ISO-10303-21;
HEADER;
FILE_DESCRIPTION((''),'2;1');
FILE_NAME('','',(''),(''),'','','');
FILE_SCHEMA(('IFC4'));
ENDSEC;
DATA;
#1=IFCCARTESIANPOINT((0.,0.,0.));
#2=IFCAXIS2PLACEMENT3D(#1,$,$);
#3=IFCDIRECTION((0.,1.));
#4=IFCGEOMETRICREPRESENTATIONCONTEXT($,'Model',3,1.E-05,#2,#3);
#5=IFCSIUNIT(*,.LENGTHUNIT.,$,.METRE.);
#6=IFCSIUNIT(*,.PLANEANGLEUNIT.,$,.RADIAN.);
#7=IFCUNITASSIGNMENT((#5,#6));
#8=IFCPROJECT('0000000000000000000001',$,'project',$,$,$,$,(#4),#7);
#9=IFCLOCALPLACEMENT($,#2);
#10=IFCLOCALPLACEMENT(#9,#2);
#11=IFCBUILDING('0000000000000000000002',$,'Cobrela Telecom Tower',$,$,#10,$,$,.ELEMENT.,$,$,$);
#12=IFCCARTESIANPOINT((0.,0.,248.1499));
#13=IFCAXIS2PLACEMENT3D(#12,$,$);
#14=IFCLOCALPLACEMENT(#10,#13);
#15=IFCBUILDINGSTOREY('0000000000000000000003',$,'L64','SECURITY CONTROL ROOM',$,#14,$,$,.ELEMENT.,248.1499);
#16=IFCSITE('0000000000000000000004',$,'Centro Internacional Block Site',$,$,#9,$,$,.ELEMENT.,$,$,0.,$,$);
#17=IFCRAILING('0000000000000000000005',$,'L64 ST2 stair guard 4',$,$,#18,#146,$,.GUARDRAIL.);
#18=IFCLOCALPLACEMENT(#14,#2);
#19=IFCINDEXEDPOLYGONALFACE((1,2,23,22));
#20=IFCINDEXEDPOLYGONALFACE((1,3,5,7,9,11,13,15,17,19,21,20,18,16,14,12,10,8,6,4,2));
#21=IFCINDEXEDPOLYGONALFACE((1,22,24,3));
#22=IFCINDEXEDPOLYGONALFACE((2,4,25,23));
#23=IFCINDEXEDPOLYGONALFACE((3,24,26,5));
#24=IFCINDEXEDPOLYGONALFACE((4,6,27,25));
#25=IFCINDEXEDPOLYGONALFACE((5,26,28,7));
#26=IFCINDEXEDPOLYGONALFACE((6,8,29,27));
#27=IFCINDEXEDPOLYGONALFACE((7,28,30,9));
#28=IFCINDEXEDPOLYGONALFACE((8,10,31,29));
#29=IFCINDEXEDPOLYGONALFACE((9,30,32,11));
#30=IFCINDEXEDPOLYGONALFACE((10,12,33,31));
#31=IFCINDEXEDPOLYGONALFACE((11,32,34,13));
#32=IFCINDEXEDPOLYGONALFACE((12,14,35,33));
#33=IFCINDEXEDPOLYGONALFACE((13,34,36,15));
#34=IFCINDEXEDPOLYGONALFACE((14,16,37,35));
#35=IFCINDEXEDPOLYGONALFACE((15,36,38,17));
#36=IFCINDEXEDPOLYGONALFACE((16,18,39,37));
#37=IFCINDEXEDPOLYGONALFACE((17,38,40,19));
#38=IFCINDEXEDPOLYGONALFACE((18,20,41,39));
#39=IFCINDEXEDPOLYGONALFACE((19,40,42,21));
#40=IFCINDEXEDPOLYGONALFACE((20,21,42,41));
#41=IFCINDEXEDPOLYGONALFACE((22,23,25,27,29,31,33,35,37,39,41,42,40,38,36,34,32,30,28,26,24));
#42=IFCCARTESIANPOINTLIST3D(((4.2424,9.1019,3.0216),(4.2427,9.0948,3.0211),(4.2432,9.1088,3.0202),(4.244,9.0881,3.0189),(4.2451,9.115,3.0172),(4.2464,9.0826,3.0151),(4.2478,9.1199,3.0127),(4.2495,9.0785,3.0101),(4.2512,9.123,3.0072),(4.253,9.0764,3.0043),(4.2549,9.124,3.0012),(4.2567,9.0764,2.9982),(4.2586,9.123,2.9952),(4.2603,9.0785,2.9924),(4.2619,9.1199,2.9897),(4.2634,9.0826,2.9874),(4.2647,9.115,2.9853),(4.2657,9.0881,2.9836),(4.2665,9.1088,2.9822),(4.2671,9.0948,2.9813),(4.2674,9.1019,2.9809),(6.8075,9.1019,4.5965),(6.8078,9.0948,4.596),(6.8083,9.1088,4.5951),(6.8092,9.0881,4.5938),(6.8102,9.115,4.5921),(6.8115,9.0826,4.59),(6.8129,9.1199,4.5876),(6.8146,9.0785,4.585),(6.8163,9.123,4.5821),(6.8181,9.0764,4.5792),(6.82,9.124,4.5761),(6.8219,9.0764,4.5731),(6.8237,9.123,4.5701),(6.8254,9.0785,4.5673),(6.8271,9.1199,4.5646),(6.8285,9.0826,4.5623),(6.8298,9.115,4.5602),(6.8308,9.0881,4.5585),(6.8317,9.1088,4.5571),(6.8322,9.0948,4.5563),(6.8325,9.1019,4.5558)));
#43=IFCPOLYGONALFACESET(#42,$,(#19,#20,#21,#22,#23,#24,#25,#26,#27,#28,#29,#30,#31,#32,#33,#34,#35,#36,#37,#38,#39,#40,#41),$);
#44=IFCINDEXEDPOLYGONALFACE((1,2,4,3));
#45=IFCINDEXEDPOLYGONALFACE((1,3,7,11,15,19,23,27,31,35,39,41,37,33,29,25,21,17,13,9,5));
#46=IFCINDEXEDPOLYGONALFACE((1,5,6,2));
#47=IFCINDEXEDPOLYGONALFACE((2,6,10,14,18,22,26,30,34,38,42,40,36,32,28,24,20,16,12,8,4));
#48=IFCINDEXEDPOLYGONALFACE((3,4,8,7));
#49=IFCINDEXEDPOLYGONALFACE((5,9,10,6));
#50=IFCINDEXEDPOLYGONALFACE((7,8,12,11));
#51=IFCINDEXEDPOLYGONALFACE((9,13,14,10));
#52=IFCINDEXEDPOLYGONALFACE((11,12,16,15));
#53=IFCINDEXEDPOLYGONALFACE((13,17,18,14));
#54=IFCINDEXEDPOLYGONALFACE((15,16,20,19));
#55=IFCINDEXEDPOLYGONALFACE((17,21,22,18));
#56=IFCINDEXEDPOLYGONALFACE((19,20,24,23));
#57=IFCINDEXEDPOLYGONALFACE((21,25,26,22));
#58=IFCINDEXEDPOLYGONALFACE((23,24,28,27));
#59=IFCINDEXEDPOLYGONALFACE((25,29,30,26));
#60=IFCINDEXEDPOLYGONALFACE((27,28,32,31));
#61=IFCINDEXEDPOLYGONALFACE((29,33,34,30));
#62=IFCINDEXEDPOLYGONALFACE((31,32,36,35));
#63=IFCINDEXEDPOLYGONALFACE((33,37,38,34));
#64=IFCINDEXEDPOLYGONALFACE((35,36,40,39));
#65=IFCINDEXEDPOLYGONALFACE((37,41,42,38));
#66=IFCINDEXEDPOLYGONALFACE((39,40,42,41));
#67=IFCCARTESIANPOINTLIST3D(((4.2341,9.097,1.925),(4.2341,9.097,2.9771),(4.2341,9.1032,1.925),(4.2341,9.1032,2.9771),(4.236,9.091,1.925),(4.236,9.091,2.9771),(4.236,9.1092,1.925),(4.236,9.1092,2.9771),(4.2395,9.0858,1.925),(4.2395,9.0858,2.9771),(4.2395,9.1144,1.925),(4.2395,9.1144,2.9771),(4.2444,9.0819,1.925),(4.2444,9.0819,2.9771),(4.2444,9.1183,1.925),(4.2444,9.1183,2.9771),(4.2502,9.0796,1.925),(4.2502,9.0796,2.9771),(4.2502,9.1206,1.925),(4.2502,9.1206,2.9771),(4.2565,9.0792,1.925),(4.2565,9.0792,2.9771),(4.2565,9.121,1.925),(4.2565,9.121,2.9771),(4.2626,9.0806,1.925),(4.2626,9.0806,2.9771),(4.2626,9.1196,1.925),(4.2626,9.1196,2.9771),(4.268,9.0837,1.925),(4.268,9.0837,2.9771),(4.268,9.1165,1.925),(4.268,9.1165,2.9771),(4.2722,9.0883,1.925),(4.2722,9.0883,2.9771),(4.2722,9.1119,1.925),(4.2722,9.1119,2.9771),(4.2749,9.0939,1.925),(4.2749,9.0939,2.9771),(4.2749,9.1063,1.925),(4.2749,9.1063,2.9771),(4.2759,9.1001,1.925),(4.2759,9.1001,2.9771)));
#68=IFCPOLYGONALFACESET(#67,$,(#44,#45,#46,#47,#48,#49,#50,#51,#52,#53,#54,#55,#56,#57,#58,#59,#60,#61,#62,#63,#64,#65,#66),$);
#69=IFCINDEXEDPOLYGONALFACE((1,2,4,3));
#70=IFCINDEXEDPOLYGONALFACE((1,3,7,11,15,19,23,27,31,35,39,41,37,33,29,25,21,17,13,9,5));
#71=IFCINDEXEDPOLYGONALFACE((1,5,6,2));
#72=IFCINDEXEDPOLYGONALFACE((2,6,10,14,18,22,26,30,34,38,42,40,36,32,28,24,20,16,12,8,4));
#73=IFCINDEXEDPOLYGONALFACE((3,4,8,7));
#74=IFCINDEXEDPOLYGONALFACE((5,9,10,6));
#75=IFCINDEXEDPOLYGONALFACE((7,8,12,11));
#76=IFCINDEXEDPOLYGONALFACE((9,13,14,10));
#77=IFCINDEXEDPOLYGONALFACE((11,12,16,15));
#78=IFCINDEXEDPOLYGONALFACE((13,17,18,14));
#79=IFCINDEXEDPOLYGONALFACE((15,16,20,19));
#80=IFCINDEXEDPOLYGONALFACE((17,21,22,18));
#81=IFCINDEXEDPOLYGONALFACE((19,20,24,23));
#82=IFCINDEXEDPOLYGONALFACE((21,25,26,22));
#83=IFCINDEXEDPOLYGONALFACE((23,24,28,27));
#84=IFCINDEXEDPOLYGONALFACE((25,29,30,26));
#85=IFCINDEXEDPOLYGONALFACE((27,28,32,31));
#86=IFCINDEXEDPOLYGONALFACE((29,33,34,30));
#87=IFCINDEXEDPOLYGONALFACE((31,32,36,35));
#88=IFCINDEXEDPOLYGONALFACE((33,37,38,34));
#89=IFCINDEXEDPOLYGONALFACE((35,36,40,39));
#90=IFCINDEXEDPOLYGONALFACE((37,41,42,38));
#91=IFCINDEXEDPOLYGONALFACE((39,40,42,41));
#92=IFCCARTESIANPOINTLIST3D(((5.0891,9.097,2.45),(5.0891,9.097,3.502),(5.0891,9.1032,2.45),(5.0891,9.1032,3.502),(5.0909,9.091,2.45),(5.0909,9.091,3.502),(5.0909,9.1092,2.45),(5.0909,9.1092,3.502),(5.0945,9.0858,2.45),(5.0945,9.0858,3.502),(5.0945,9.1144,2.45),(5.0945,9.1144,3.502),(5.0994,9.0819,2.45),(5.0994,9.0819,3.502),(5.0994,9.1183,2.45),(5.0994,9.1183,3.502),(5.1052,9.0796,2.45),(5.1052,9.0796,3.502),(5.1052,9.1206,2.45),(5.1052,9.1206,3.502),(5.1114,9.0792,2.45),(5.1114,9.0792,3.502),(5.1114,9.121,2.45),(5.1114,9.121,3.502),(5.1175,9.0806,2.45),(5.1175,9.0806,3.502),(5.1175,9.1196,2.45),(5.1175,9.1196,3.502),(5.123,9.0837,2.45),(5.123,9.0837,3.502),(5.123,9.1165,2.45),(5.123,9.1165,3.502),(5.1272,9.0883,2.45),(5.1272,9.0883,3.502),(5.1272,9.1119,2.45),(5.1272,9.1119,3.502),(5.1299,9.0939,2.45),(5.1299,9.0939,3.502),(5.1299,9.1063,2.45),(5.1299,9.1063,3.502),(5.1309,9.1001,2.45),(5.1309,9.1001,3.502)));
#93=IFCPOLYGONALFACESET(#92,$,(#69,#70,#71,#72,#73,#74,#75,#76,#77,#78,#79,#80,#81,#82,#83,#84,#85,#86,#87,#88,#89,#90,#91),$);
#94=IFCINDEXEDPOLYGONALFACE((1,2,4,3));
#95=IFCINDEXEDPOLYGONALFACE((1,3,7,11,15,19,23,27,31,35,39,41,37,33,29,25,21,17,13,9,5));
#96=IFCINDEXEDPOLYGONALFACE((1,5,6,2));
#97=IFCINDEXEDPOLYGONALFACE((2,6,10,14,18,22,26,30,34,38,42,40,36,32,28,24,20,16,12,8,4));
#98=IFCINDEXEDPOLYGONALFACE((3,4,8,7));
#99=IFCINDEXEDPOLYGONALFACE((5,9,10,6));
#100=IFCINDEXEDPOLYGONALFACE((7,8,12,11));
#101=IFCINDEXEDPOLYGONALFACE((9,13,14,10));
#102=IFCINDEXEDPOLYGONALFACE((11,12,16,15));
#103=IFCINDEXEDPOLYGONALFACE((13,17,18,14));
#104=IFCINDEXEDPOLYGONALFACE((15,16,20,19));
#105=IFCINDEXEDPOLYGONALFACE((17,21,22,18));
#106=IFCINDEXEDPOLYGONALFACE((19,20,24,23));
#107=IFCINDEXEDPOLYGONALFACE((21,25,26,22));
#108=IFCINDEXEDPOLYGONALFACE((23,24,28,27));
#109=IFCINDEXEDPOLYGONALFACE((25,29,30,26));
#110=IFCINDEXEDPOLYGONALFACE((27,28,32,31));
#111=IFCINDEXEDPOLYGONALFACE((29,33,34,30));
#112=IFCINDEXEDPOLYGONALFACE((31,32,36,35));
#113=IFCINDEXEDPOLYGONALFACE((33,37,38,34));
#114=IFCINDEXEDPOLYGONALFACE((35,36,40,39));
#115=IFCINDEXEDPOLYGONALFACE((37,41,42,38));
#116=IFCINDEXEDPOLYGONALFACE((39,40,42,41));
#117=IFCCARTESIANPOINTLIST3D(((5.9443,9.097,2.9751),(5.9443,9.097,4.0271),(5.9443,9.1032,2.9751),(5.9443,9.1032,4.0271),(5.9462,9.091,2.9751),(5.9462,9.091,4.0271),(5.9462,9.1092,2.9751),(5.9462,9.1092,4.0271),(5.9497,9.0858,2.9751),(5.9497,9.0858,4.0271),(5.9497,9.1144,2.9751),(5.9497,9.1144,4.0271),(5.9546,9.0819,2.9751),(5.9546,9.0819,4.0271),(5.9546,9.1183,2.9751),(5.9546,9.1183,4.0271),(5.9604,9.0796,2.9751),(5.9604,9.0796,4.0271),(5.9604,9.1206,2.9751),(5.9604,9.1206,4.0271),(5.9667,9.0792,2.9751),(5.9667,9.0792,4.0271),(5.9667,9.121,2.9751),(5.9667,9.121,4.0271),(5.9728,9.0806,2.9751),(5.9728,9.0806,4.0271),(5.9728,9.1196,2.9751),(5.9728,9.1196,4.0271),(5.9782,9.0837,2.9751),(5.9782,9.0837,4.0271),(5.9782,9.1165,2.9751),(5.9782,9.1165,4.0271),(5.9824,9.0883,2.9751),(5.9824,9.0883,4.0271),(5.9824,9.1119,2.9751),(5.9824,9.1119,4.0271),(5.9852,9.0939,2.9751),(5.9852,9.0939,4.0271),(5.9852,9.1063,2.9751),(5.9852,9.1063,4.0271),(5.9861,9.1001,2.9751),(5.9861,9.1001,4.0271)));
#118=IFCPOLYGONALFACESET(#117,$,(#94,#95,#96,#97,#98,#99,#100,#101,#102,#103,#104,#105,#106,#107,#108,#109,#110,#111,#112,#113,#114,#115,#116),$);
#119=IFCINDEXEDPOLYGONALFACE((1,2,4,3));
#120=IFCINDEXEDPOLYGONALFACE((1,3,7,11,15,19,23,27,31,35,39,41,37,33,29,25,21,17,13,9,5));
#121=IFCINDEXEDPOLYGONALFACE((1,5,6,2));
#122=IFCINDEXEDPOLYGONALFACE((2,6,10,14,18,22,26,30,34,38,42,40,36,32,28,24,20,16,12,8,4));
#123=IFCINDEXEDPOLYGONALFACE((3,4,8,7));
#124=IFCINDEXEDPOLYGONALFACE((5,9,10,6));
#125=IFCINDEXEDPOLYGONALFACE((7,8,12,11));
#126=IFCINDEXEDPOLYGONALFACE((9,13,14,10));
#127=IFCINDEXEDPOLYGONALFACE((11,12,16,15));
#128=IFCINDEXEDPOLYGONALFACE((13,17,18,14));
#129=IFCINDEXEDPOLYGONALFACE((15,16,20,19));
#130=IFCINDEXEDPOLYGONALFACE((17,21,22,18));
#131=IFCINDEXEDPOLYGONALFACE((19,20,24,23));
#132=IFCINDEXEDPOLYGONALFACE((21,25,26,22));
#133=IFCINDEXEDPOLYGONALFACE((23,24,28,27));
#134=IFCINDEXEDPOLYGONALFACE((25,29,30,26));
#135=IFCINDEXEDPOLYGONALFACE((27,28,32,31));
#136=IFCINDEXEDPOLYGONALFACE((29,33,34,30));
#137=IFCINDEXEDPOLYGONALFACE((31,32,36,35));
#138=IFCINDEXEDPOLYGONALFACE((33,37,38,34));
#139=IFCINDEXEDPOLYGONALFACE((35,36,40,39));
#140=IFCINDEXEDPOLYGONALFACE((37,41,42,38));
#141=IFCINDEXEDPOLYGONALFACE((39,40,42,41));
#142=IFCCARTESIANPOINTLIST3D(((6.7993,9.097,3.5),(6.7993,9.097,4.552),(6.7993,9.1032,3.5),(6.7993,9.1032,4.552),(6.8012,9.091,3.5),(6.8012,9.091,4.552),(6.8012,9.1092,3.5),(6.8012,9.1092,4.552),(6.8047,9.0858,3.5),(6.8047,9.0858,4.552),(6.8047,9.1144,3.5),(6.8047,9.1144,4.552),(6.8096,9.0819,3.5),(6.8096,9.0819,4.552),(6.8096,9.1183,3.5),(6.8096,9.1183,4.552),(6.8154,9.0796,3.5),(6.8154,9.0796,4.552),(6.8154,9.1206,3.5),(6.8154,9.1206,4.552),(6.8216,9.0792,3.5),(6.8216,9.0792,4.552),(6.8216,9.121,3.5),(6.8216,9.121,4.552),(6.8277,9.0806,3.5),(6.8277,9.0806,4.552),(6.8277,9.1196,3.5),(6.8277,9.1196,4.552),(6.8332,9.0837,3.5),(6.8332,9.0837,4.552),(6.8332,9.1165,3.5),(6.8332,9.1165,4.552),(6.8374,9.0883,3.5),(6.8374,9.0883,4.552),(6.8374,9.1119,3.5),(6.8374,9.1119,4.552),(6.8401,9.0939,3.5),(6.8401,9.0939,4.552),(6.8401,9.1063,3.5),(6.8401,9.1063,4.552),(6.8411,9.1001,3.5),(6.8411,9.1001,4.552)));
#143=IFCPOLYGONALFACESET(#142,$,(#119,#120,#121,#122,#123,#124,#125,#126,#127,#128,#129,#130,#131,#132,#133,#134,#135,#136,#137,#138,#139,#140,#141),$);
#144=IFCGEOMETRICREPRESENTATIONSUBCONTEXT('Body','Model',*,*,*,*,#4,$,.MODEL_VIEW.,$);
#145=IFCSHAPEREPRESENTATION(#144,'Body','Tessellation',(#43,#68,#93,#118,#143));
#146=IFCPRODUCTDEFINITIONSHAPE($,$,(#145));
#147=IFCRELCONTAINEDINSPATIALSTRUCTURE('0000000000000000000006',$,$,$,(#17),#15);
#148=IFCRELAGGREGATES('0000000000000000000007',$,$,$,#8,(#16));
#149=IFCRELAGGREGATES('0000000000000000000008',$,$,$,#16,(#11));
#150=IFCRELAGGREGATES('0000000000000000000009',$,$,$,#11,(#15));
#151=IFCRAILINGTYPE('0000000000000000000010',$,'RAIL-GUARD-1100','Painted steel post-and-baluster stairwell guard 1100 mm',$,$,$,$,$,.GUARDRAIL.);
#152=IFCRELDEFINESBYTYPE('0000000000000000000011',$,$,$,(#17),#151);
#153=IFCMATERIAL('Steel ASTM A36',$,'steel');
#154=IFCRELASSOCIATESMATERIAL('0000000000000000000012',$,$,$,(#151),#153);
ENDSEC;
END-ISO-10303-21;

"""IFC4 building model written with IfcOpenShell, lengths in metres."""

from ifc_helpers import new_model, si_unit, direction, frame, origin, origin_2d, place, context, subcontext, project, spatial, circle, extrude, material, type_object, element, save


model = new_model("IFC4")

# Units and contexts
model_context = context("Model", 3, precision=1e-05, world=origin(), true_north=direction((0.0, 1.0)))
body_context = subcontext(model_context, "Body", "Model", "MODEL_VIEW")
ifc_project = project(units=[si_unit("LENGTHUNIT", "METRE"), si_unit("PLANEANGLEUNIT", "RADIAN")], contexts=[model_context])

# Site, building, storey
site_placement = place(None, origin())
site = spatial("IfcSite", under=ifc_project, at=site_placement, Name="Centro Internacional Block Site", CompositionType="ELEMENT", RefElevation=0.0)
building_placement = place(site_placement, origin())
building = spatial("IfcBuilding", under=site, at=building_placement, Name="Cobrela Telecom Tower", CompositionType="ELEMENT")
storey_placement = place(building_placement, frame((0.0, 0.0, 248.1499)))
storey = spatial("IfcBuildingStorey", under=building, at=storey_placement, Name="L64", Description="SECURITY CONTROL ROOM", CompositionType="ELEMENT", Elevation=248.1499)

# Railing
ifc_material_1 = material(Name="Steel ASTM A36", Category="steel")
railing_type_1 = type_object("IfcRailingType", Name="RAIL-GUARD-1100", Description="Painted steel post-and-baluster stairwell guard 1100 mm", PredefinedType="GUARDRAIL", material=ifc_material_1)
railing_1_placement = place(storey_placement, frame((4.2549, 9.1001, 1.925)))
element("IfcRailing", 1, at=railing_1_placement, inside=storey, type_object=railing_type_1, Name="L64 ST2 stair guard 4", PredefinedType="GUARDRAIL", context=body_context, shape_type="SweptSolid", body=[
    extrude(circle(Radius=0.0239, at=origin_2d()), frame((0.0, 0.0, 1.0762), z_axis=(0.852195, 0.0, 0.523224), x_axis=(0.0, 1.0, 0.0)), (0.0, 0.0, 1.0), 3.01),
    extrude(circle(Radius=0.021, at=origin_2d()), origin(), (0.0, 0.0, 1.0), 1.052),
    extrude(circle(Radius=0.021, at=origin_2d()), frame((0.855, 0.0, 0.5249)), (0.0, 0.0, 1.0), 1.052),
    extrude(circle(Radius=0.021, at=origin_2d()), frame((1.7102, 0.0, 1.05)), (0.0, 0.0, 1.0), 1.052),
    extrude(circle(Radius=0.021, at=origin_2d()), frame((2.5652, 0.0, 1.575)), (0.0, 0.0, 1.0), 1.052),
])

save(model, "model.ifc")
